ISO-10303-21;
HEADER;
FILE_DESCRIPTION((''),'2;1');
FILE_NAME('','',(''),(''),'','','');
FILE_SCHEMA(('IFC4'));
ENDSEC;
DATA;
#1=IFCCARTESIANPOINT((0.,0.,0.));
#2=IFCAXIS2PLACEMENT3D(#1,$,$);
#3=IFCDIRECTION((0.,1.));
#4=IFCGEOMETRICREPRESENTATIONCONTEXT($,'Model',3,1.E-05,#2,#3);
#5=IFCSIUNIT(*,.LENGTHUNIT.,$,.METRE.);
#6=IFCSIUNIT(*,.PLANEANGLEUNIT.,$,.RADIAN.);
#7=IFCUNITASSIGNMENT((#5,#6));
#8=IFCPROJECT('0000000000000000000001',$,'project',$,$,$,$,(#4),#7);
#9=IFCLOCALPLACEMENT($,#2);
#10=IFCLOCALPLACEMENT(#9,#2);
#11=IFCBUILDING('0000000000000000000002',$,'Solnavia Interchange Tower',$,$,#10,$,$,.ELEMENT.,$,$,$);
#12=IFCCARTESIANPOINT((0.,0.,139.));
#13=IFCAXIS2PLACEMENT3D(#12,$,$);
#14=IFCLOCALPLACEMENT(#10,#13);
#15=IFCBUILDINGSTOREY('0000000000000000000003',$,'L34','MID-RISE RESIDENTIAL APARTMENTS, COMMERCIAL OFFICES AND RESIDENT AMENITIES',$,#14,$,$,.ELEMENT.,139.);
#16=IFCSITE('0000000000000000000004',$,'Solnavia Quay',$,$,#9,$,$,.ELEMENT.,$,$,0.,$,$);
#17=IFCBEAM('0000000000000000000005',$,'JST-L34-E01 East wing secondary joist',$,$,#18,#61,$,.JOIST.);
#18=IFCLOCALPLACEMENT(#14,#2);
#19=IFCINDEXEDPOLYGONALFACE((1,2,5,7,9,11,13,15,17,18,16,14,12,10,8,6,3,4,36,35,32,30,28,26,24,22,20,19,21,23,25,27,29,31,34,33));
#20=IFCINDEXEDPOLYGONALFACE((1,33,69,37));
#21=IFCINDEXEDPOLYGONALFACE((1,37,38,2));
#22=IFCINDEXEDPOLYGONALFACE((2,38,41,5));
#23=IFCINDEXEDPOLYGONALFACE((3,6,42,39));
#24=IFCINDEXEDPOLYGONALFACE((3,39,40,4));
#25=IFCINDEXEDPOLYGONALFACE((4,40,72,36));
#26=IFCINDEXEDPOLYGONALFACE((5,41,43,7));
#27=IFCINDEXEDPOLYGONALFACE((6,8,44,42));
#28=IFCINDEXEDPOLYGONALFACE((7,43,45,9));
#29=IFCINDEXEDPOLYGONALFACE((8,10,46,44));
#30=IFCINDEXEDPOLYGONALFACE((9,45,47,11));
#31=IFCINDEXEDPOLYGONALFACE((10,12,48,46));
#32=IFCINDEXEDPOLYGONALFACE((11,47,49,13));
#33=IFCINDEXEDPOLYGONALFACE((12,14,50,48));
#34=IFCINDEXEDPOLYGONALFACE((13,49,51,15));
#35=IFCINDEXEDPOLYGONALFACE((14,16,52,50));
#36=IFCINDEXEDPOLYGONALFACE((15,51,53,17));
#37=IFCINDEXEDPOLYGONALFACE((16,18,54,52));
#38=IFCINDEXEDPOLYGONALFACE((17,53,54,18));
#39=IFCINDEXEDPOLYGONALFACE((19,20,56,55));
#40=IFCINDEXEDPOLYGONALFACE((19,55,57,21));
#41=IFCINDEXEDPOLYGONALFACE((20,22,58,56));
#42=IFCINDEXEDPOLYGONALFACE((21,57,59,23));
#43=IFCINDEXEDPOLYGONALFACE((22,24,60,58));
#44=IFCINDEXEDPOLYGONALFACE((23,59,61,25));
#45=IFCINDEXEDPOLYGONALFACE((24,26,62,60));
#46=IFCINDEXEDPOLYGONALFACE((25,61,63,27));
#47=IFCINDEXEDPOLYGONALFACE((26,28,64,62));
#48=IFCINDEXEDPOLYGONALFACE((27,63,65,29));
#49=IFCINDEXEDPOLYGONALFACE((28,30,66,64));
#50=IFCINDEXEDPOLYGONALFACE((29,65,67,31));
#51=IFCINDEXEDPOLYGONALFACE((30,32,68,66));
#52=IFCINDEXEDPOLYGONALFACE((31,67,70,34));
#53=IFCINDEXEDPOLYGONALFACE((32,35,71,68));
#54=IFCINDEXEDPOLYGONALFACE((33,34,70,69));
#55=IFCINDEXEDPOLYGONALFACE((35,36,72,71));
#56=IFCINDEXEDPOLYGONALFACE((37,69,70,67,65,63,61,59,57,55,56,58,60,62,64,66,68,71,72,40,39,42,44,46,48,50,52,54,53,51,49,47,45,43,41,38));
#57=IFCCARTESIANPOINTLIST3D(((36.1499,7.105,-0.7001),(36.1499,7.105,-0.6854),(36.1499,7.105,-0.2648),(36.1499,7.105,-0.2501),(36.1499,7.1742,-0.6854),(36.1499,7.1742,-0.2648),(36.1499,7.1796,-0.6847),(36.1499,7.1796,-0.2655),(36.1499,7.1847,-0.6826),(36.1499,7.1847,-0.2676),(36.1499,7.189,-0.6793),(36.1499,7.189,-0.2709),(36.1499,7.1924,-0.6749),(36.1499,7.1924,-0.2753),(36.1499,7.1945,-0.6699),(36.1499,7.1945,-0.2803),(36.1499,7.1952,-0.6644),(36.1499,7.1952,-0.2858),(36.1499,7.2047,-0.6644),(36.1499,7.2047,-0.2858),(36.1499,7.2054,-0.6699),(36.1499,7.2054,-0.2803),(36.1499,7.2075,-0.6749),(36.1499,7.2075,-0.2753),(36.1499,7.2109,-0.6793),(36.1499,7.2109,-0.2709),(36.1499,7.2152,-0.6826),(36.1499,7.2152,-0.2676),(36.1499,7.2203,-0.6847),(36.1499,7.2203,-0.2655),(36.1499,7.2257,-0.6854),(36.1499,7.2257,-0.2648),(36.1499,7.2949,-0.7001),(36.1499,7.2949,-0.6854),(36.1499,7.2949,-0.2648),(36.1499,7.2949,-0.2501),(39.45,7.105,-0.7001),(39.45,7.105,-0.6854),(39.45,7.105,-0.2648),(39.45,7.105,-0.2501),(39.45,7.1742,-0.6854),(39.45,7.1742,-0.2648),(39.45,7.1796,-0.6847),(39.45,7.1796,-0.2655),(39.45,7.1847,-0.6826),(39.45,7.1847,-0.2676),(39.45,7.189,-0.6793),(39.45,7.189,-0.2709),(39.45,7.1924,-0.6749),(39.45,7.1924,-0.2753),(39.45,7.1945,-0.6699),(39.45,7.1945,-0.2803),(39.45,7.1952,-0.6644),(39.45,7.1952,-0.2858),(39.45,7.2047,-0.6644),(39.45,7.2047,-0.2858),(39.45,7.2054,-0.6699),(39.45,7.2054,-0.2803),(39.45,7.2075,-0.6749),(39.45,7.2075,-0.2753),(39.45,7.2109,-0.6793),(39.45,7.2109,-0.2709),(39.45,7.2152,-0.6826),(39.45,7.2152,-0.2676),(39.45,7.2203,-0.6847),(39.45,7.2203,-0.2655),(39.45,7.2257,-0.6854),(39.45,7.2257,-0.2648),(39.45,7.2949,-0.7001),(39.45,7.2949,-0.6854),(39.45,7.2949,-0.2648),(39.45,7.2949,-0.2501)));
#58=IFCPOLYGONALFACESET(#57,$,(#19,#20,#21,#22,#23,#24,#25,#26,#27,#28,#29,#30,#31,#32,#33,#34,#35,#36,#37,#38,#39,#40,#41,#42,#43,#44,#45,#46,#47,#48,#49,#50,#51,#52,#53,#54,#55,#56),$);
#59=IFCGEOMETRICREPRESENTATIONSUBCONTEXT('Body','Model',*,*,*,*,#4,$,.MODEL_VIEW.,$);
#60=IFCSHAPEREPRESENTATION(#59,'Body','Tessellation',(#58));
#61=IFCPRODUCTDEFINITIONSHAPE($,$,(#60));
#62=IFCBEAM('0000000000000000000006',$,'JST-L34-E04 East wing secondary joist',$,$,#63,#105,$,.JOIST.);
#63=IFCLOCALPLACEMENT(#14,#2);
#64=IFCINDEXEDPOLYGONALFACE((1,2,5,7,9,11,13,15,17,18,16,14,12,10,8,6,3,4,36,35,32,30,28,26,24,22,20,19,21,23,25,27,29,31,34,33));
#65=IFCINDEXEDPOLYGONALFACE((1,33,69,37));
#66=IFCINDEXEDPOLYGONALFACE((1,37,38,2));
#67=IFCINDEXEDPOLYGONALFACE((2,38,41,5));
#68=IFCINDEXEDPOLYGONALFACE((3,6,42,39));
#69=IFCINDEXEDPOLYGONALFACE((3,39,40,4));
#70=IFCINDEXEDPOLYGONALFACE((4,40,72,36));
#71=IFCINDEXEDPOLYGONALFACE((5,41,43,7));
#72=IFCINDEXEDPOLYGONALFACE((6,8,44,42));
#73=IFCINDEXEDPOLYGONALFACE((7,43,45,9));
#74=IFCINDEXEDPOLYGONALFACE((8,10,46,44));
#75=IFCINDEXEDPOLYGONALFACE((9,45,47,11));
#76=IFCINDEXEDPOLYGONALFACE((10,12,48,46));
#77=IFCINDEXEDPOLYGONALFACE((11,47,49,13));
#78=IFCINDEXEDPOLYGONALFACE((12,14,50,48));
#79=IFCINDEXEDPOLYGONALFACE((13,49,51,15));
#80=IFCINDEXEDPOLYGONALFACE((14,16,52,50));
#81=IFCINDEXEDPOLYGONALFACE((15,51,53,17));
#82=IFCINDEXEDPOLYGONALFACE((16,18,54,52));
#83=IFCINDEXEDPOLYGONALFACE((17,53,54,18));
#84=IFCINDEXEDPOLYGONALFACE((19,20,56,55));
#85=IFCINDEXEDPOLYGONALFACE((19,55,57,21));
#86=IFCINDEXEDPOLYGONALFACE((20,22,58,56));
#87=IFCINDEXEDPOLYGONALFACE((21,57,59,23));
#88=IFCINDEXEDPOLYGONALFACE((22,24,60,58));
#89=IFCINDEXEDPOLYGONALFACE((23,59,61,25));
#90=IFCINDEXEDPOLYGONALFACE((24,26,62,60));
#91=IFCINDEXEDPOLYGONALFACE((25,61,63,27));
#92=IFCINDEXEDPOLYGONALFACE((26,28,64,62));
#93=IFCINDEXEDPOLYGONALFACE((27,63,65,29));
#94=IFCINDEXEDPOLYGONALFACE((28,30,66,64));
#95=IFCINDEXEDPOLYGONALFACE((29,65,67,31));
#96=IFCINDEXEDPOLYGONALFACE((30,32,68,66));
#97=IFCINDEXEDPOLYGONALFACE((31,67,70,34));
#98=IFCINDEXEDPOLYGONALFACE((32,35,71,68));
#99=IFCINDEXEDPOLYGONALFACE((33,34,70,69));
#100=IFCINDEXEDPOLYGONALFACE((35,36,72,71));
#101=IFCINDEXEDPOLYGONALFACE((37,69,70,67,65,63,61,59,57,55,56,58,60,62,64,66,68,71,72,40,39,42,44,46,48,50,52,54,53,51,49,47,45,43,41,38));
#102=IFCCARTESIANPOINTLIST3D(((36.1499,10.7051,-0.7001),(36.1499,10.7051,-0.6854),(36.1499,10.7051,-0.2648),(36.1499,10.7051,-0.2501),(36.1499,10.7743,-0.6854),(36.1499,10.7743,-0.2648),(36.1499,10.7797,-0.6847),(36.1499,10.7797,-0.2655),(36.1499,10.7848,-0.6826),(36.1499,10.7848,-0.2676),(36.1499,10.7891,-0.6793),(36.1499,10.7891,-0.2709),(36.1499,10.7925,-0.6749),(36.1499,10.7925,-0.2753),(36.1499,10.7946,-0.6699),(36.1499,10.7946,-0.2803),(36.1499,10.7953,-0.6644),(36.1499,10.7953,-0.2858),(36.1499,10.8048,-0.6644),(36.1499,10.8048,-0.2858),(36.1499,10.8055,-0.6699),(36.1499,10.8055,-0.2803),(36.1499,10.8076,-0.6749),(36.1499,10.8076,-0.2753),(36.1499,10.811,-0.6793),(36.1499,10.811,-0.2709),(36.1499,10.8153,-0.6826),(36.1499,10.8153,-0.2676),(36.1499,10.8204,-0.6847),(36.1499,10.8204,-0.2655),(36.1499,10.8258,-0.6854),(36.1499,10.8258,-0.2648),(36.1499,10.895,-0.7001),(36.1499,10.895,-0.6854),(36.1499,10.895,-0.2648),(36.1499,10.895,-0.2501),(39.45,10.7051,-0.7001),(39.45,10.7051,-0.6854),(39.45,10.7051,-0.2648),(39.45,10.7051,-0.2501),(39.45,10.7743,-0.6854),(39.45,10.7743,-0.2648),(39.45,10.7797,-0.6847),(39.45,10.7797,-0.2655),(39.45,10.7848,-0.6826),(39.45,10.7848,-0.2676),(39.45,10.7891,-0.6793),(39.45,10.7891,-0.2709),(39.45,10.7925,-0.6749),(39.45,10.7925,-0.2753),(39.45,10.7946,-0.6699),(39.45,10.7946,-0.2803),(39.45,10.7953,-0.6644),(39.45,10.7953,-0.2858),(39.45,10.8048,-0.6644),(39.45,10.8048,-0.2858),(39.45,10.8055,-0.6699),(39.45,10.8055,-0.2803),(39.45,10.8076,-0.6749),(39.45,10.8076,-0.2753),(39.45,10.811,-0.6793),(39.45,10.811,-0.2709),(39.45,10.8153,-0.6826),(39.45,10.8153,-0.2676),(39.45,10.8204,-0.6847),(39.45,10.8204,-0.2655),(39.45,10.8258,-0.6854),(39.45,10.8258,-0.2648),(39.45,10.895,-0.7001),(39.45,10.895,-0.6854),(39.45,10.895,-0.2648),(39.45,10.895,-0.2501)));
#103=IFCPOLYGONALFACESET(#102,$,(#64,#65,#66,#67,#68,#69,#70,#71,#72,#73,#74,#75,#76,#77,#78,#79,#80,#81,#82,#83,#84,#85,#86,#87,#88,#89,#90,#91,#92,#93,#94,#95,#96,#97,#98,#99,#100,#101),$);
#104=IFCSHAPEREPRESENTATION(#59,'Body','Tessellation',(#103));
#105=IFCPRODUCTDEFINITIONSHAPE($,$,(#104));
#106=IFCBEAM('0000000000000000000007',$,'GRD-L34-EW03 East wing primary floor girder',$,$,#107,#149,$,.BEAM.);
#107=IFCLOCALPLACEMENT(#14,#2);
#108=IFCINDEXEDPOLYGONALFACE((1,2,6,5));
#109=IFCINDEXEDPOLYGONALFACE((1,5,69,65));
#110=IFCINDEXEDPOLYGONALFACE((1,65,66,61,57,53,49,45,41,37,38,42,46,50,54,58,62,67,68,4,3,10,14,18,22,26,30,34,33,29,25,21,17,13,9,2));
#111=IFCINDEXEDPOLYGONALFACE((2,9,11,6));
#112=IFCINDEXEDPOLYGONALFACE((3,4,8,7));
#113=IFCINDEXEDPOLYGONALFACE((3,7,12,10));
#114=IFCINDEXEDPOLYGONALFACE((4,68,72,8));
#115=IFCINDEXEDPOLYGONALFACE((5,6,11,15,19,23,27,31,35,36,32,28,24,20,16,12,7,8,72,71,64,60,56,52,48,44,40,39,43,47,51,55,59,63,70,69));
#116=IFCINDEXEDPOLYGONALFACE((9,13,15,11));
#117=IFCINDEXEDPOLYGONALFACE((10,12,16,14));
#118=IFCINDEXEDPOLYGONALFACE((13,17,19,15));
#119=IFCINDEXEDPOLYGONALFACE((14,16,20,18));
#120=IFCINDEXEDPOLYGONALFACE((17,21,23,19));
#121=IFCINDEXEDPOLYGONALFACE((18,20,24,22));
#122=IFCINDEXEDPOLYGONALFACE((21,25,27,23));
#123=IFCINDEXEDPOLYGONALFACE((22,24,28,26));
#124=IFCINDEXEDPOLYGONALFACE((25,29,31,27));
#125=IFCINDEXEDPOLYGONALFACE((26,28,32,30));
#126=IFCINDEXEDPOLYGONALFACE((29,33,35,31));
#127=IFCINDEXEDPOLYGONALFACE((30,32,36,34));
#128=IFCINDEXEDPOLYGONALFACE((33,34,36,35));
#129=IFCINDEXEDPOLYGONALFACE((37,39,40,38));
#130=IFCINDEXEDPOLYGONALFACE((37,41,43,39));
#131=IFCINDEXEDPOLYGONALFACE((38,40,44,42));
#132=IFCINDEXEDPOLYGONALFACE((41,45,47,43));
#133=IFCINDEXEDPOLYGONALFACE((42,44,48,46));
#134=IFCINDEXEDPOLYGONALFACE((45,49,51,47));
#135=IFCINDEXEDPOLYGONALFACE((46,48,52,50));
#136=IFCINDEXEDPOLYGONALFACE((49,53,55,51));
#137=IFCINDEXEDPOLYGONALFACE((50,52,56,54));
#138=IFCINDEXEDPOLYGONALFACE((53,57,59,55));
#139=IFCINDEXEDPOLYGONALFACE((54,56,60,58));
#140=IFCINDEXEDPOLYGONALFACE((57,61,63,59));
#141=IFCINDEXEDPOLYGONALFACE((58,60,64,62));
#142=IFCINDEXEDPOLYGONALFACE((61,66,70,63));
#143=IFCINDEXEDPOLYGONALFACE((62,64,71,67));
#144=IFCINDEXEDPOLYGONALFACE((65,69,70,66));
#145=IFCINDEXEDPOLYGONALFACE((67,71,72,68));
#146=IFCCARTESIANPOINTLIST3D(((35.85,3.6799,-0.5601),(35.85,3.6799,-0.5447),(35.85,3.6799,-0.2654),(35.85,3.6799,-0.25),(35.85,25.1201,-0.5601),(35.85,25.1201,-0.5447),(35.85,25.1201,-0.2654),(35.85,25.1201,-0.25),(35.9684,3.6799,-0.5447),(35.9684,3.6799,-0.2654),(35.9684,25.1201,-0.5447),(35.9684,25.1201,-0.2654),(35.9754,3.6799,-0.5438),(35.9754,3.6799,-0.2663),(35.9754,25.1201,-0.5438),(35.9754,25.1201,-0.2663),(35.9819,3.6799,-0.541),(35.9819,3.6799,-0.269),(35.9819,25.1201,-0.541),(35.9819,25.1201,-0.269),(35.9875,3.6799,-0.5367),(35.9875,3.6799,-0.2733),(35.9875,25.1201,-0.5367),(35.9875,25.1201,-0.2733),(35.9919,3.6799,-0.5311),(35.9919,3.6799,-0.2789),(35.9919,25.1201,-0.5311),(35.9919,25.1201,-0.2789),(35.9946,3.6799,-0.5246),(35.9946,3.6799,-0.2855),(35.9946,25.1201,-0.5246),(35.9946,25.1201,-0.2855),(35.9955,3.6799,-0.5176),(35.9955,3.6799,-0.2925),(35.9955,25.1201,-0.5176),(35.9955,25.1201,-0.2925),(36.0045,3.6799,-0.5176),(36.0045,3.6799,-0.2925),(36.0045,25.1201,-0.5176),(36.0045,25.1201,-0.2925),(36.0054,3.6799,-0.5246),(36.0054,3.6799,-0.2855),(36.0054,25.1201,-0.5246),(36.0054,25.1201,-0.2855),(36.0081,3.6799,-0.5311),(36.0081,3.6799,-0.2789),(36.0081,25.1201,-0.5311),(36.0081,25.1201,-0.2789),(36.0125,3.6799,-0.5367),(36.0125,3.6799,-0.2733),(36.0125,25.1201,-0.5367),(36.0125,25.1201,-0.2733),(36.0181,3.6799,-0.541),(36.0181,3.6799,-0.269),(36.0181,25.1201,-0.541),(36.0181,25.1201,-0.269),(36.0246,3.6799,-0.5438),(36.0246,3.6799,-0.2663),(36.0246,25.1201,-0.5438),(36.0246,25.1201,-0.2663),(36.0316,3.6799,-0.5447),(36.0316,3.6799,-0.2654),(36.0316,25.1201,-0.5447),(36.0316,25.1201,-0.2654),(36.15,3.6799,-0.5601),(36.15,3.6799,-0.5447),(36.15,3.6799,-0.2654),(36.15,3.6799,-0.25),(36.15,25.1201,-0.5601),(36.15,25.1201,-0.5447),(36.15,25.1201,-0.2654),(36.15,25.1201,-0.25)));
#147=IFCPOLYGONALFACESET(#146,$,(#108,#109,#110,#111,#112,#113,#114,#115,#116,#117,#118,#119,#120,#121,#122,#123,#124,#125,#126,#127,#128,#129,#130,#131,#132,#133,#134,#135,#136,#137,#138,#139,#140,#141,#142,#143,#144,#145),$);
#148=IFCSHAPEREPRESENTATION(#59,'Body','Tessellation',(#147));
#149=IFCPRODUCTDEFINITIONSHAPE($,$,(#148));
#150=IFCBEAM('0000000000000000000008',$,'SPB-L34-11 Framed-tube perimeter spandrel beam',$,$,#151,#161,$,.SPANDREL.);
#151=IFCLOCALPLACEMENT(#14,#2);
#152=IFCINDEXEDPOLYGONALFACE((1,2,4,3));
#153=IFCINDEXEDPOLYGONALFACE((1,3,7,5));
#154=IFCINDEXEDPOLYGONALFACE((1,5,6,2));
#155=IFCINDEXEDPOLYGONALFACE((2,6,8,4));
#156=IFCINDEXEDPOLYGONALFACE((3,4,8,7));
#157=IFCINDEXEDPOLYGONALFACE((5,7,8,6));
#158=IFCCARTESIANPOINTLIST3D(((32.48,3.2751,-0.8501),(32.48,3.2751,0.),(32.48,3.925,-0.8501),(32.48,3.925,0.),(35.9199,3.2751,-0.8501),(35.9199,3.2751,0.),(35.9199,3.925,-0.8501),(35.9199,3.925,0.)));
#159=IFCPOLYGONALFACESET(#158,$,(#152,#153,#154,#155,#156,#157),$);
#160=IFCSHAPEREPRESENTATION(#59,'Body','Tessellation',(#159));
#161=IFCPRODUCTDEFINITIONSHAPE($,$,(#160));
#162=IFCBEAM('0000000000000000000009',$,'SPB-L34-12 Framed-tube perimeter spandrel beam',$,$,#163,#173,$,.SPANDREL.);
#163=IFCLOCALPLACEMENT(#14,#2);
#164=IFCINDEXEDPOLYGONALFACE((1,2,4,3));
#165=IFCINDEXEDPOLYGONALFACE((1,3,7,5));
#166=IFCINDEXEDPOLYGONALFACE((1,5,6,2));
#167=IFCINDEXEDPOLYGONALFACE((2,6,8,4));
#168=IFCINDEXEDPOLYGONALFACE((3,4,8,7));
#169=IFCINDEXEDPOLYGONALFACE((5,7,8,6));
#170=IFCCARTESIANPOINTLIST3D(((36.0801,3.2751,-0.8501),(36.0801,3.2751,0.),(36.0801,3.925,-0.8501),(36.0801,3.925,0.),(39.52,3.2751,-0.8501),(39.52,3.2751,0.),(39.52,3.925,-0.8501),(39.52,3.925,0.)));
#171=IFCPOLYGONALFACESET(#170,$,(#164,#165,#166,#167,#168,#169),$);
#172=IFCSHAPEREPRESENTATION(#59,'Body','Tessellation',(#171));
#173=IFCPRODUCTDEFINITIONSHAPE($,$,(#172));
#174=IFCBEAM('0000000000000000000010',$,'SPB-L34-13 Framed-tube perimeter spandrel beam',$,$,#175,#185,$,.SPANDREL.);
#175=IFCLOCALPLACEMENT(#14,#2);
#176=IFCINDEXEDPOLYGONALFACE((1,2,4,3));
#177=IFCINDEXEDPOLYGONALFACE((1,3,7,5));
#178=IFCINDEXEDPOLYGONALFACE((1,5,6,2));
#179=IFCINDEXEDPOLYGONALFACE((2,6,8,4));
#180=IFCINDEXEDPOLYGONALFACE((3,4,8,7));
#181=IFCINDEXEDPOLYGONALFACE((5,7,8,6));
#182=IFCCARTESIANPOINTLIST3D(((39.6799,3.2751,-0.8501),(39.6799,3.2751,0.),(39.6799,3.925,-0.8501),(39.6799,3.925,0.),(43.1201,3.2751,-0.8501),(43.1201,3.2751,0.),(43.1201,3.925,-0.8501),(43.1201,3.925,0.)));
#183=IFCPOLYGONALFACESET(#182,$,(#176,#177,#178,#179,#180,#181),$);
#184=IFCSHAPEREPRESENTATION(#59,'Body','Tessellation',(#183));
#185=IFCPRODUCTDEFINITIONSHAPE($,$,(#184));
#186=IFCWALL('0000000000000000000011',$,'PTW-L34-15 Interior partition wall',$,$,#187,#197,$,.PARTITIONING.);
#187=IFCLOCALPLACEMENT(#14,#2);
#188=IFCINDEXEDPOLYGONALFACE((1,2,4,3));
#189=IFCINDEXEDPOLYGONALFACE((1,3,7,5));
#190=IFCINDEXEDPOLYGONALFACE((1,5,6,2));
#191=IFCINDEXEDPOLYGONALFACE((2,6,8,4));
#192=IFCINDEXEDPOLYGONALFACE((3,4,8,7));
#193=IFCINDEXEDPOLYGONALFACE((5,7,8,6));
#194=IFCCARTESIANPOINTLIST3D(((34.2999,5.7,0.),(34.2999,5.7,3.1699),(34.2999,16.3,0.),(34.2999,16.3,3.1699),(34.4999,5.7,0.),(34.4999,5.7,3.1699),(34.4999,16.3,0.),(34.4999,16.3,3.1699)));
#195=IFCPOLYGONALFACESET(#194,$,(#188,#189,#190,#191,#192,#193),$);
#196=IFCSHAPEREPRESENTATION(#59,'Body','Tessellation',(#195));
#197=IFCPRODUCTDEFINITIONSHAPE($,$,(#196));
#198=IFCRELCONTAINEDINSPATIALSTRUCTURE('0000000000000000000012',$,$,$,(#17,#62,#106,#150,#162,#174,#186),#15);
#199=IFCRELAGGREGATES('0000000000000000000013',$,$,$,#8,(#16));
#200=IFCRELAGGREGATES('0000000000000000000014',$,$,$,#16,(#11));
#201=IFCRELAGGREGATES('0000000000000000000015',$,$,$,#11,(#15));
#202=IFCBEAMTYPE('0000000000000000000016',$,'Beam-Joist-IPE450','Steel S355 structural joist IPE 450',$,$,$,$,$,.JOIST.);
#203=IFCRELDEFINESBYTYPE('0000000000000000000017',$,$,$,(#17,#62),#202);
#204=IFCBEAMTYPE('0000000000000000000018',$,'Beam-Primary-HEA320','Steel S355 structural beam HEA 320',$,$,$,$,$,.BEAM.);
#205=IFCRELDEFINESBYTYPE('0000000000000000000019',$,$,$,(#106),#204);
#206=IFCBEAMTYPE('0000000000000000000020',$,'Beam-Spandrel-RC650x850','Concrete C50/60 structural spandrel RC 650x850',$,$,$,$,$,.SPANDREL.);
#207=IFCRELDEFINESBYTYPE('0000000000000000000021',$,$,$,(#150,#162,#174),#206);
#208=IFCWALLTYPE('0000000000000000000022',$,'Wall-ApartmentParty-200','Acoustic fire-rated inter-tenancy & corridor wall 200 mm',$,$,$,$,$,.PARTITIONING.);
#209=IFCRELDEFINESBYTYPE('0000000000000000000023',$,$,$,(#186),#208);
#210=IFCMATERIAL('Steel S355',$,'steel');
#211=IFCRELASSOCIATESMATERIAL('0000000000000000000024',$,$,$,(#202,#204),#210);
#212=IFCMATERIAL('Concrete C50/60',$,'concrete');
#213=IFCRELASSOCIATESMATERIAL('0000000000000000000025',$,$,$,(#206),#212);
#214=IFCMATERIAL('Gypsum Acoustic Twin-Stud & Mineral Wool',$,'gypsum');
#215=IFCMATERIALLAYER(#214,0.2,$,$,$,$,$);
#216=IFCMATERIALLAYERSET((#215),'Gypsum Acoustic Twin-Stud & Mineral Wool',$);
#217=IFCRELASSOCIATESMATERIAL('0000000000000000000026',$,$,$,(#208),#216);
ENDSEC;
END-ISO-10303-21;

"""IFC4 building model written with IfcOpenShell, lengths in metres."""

from ifc_helpers import new_model, si_unit, direction, frame, frame_2d, origin, origin_2d, place, context, subcontext, project, spatial, rectangle, i_section, extrude, material, layer, layer_set, material_profile, profile_set, type_object, element, save


model = new_model("IFC4")

# Units and contexts
model_context = context("Model", 3, precision=1e-05, world=origin(), true_north=direction((0.0, 1.0)))
body_context = subcontext(model_context, "Body", "Model", "MODEL_VIEW")
ifc_project = project(units=[si_unit("LENGTHUNIT", "METRE"), si_unit("PLANEANGLEUNIT", "RADIAN")], contexts=[model_context])

# Site, building, storey
site_placement = place(None, origin())
site = spatial("IfcSite", under=ifc_project, at=site_placement, Name="Solnavia Quay", CompositionType="ELEMENT", RefElevation=0.0)
building_placement = place(site_placement, origin())
building = spatial("IfcBuilding", under=site, at=building_placement, Name="Solnavia Interchange Tower", CompositionType="ELEMENT")
storey_placement = place(building_placement, frame((0.0, 0.0, 139.0)))
storey = spatial("IfcBuildingStorey", under=building, at=storey_placement, Name="L34", Description="MID-RISE RESIDENTIAL APARTMENTS, COMMERCIAL OFFICES AND RESIDENT AMENITIES", CompositionType="ELEMENT", Elevation=139.0)

# Shared definitions
ifc_material_1 = material(Name="Concrete C50/60", Category="concrete")
ifc_material_2 = material(Name="Steel S355", Category="steel")

# Beams
ifc_material_profile_1 = material_profile(ifc_material_2, i_section(OverallWidth=0.1899, OverallDepth=0.45, WebThickness=0.0095, FlangeThickness=0.0146, FilletRadius=0.021, at=origin_2d()), Name="IPE 450")
ifc_profile_set_1 = profile_set([ifc_material_profile_1], Name="Steel S355")
beam_type_1 = type_object("IfcBeamType", Name="Beam-Joist-IPE450", Description="Steel S355 structural joist IPE 450", PredefinedType="JOIST", material=ifc_profile_set_1)
for number, where, z_axis, x_axis, name in (
    (1, (36.1499, 7.2, -0.4751), (1.0, 0.0, 0.0), (0.0, 1.0, 0.0), "JST-L34-E01 East wing secondary joist"),
    (2, (36.1499, 10.8, -0.4751), (1.0, 0.0, 0.0), (0.0, 1.0, 0.0), "JST-L34-E04 East wing secondary joist"),
):
    element("IfcBeam", number, at=place(storey_placement, frame(where, z_axis=z_axis, x_axis=x_axis)), inside=storey, type_object=beam_type_1, Name=name, PredefinedType="JOIST", context=body_context, shape_type="SweptSolid", body=[
        extrude(i_section(OverallWidth=0.1899, OverallDepth=0.45, WebThickness=0.0095, FlangeThickness=0.0146, FilletRadius=0.021, at=origin_2d()), origin(), (0.0, 0.0, 1.0), 3.3),
    ])
ifc_material_profile_2 = material_profile(ifc_material_2, i_section(OverallWidth=0.3, OverallDepth=0.3101, WebThickness=0.009, FlangeThickness=0.0154, FilletRadius=0.0271, at=origin_2d()), Name="HEA 320")
ifc_profile_set_2 = profile_set([ifc_material_profile_2], Name="Steel S355")
beam_type_2 = type_object("IfcBeamType", Name="Beam-Primary-HEA320", Description="Steel S355 structural beam HEA 320", PredefinedType="BEAM", material=ifc_profile_set_2)
beam_1_placement = place(storey_placement, frame((36.0, 3.6799, -0.405), z_axis=(0.0, 1.0, 0.0), x_axis=(-1.0, 0.0, 0.0)))
element("IfcBeam", 3, at=beam_1_placement, inside=storey, type_object=beam_type_2, Name="GRD-L34-EW03 East wing primary floor girder", PredefinedType="BEAM", context=body_context, shape_type="SweptSolid", body=[
    extrude(i_section(OverallWidth=0.3, OverallDepth=0.3101, WebThickness=0.009, FlangeThickness=0.0154, FilletRadius=0.0271, at=origin_2d()), origin(), (0.0, 0.0, 1.0), 21.4402),
])
ifc_material_profile_3 = material_profile(ifc_material_1, rectangle(XDim=0.6499, YDim=0.8501, at=origin_2d()), Name="RC 650x850")
ifc_profile_set_3 = profile_set([ifc_material_profile_3], Name="Concrete C50/60")
beam_type_3 = type_object("IfcBeamType", Name="Beam-Spandrel-RC650x850", Description="Concrete C50/60 structural spandrel RC 650x850", PredefinedType="SPANDREL", material=ifc_profile_set_3)
for number, where, z_axis, x_axis, name in (
    (4, (32.48, 3.6001, -0.425), (1.0, 0.0, 0.0), (0.0, 1.0, 0.0), "SPB-L34-11 Framed-tube perimeter spandrel beam"),
    (5, (36.0801, 3.6001, -0.425), (1.0, 0.0, 0.0), (0.0, 1.0, 0.0), "SPB-L34-12 Framed-tube perimeter spandrel beam"),
):
    element("IfcBeam", number, at=place(storey_placement, frame(where, z_axis=z_axis, x_axis=x_axis)), inside=storey, type_object=beam_type_3, Name=name, PredefinedType="SPANDREL", context=body_context, shape_type="SweptSolid", body=[
        extrude(rectangle(XDim=0.6499, YDim=0.8501, at=origin_2d()), origin(), (0.0, 0.0, 1.0), 3.4399),
    ])
beam_2_placement = place(storey_placement, frame((39.6799, 3.6001, -0.425), z_axis=(1.0, 0.0, 0.0), x_axis=(0.0, 1.0, 0.0)))
element("IfcBeam", 6, at=beam_2_placement, inside=storey, type_object=beam_type_3, Name="SPB-L34-13 Framed-tube perimeter spandrel beam", PredefinedType="SPANDREL", context=body_context, shape_type="SweptSolid", body=[
    extrude(rectangle(XDim=0.6499, YDim=0.8501, at=origin_2d()), origin(), (0.0, 0.0, 1.0), 3.4402),
])

# Wall
ifc_material_3 = material(Name="Gypsum Acoustic Twin-Stud & Mineral Wool", Category="gypsum")
ifc_layer_1 = layer(ifc_material_3, 0.2)
ifc_layer_set_1 = layer_set([ifc_layer_1], Name="Gypsum Acoustic Twin-Stud & Mineral Wool")
wall_type_1 = type_object("IfcWallType", Name="Wall-ApartmentParty-200", Description="Acoustic fire-rated inter-tenancy & corridor wall 200 mm", PredefinedType="PARTITIONING", material=ifc_layer_set_1)
wall_1_placement = place(storey_placement, frame((34.3999, 5.7, 0.0), z_axis=(0.0, 0.0, 1.0), x_axis=(0.0, 1.0, 0.0)))
element("IfcWall", 7, at=wall_1_placement, inside=storey, type_object=wall_type_1, Name="PTW-L34-15 Interior partition wall", PredefinedType="PARTITIONING", context=body_context, shape_type="SweptSolid", body=[
    extrude(rectangle(XDim=10.6001, YDim=0.2, at=frame_2d((5.3, 0.0))), origin(), (0.0, 0.0, 1.0), 3.1699),
])

save(model, "model.ifc")
